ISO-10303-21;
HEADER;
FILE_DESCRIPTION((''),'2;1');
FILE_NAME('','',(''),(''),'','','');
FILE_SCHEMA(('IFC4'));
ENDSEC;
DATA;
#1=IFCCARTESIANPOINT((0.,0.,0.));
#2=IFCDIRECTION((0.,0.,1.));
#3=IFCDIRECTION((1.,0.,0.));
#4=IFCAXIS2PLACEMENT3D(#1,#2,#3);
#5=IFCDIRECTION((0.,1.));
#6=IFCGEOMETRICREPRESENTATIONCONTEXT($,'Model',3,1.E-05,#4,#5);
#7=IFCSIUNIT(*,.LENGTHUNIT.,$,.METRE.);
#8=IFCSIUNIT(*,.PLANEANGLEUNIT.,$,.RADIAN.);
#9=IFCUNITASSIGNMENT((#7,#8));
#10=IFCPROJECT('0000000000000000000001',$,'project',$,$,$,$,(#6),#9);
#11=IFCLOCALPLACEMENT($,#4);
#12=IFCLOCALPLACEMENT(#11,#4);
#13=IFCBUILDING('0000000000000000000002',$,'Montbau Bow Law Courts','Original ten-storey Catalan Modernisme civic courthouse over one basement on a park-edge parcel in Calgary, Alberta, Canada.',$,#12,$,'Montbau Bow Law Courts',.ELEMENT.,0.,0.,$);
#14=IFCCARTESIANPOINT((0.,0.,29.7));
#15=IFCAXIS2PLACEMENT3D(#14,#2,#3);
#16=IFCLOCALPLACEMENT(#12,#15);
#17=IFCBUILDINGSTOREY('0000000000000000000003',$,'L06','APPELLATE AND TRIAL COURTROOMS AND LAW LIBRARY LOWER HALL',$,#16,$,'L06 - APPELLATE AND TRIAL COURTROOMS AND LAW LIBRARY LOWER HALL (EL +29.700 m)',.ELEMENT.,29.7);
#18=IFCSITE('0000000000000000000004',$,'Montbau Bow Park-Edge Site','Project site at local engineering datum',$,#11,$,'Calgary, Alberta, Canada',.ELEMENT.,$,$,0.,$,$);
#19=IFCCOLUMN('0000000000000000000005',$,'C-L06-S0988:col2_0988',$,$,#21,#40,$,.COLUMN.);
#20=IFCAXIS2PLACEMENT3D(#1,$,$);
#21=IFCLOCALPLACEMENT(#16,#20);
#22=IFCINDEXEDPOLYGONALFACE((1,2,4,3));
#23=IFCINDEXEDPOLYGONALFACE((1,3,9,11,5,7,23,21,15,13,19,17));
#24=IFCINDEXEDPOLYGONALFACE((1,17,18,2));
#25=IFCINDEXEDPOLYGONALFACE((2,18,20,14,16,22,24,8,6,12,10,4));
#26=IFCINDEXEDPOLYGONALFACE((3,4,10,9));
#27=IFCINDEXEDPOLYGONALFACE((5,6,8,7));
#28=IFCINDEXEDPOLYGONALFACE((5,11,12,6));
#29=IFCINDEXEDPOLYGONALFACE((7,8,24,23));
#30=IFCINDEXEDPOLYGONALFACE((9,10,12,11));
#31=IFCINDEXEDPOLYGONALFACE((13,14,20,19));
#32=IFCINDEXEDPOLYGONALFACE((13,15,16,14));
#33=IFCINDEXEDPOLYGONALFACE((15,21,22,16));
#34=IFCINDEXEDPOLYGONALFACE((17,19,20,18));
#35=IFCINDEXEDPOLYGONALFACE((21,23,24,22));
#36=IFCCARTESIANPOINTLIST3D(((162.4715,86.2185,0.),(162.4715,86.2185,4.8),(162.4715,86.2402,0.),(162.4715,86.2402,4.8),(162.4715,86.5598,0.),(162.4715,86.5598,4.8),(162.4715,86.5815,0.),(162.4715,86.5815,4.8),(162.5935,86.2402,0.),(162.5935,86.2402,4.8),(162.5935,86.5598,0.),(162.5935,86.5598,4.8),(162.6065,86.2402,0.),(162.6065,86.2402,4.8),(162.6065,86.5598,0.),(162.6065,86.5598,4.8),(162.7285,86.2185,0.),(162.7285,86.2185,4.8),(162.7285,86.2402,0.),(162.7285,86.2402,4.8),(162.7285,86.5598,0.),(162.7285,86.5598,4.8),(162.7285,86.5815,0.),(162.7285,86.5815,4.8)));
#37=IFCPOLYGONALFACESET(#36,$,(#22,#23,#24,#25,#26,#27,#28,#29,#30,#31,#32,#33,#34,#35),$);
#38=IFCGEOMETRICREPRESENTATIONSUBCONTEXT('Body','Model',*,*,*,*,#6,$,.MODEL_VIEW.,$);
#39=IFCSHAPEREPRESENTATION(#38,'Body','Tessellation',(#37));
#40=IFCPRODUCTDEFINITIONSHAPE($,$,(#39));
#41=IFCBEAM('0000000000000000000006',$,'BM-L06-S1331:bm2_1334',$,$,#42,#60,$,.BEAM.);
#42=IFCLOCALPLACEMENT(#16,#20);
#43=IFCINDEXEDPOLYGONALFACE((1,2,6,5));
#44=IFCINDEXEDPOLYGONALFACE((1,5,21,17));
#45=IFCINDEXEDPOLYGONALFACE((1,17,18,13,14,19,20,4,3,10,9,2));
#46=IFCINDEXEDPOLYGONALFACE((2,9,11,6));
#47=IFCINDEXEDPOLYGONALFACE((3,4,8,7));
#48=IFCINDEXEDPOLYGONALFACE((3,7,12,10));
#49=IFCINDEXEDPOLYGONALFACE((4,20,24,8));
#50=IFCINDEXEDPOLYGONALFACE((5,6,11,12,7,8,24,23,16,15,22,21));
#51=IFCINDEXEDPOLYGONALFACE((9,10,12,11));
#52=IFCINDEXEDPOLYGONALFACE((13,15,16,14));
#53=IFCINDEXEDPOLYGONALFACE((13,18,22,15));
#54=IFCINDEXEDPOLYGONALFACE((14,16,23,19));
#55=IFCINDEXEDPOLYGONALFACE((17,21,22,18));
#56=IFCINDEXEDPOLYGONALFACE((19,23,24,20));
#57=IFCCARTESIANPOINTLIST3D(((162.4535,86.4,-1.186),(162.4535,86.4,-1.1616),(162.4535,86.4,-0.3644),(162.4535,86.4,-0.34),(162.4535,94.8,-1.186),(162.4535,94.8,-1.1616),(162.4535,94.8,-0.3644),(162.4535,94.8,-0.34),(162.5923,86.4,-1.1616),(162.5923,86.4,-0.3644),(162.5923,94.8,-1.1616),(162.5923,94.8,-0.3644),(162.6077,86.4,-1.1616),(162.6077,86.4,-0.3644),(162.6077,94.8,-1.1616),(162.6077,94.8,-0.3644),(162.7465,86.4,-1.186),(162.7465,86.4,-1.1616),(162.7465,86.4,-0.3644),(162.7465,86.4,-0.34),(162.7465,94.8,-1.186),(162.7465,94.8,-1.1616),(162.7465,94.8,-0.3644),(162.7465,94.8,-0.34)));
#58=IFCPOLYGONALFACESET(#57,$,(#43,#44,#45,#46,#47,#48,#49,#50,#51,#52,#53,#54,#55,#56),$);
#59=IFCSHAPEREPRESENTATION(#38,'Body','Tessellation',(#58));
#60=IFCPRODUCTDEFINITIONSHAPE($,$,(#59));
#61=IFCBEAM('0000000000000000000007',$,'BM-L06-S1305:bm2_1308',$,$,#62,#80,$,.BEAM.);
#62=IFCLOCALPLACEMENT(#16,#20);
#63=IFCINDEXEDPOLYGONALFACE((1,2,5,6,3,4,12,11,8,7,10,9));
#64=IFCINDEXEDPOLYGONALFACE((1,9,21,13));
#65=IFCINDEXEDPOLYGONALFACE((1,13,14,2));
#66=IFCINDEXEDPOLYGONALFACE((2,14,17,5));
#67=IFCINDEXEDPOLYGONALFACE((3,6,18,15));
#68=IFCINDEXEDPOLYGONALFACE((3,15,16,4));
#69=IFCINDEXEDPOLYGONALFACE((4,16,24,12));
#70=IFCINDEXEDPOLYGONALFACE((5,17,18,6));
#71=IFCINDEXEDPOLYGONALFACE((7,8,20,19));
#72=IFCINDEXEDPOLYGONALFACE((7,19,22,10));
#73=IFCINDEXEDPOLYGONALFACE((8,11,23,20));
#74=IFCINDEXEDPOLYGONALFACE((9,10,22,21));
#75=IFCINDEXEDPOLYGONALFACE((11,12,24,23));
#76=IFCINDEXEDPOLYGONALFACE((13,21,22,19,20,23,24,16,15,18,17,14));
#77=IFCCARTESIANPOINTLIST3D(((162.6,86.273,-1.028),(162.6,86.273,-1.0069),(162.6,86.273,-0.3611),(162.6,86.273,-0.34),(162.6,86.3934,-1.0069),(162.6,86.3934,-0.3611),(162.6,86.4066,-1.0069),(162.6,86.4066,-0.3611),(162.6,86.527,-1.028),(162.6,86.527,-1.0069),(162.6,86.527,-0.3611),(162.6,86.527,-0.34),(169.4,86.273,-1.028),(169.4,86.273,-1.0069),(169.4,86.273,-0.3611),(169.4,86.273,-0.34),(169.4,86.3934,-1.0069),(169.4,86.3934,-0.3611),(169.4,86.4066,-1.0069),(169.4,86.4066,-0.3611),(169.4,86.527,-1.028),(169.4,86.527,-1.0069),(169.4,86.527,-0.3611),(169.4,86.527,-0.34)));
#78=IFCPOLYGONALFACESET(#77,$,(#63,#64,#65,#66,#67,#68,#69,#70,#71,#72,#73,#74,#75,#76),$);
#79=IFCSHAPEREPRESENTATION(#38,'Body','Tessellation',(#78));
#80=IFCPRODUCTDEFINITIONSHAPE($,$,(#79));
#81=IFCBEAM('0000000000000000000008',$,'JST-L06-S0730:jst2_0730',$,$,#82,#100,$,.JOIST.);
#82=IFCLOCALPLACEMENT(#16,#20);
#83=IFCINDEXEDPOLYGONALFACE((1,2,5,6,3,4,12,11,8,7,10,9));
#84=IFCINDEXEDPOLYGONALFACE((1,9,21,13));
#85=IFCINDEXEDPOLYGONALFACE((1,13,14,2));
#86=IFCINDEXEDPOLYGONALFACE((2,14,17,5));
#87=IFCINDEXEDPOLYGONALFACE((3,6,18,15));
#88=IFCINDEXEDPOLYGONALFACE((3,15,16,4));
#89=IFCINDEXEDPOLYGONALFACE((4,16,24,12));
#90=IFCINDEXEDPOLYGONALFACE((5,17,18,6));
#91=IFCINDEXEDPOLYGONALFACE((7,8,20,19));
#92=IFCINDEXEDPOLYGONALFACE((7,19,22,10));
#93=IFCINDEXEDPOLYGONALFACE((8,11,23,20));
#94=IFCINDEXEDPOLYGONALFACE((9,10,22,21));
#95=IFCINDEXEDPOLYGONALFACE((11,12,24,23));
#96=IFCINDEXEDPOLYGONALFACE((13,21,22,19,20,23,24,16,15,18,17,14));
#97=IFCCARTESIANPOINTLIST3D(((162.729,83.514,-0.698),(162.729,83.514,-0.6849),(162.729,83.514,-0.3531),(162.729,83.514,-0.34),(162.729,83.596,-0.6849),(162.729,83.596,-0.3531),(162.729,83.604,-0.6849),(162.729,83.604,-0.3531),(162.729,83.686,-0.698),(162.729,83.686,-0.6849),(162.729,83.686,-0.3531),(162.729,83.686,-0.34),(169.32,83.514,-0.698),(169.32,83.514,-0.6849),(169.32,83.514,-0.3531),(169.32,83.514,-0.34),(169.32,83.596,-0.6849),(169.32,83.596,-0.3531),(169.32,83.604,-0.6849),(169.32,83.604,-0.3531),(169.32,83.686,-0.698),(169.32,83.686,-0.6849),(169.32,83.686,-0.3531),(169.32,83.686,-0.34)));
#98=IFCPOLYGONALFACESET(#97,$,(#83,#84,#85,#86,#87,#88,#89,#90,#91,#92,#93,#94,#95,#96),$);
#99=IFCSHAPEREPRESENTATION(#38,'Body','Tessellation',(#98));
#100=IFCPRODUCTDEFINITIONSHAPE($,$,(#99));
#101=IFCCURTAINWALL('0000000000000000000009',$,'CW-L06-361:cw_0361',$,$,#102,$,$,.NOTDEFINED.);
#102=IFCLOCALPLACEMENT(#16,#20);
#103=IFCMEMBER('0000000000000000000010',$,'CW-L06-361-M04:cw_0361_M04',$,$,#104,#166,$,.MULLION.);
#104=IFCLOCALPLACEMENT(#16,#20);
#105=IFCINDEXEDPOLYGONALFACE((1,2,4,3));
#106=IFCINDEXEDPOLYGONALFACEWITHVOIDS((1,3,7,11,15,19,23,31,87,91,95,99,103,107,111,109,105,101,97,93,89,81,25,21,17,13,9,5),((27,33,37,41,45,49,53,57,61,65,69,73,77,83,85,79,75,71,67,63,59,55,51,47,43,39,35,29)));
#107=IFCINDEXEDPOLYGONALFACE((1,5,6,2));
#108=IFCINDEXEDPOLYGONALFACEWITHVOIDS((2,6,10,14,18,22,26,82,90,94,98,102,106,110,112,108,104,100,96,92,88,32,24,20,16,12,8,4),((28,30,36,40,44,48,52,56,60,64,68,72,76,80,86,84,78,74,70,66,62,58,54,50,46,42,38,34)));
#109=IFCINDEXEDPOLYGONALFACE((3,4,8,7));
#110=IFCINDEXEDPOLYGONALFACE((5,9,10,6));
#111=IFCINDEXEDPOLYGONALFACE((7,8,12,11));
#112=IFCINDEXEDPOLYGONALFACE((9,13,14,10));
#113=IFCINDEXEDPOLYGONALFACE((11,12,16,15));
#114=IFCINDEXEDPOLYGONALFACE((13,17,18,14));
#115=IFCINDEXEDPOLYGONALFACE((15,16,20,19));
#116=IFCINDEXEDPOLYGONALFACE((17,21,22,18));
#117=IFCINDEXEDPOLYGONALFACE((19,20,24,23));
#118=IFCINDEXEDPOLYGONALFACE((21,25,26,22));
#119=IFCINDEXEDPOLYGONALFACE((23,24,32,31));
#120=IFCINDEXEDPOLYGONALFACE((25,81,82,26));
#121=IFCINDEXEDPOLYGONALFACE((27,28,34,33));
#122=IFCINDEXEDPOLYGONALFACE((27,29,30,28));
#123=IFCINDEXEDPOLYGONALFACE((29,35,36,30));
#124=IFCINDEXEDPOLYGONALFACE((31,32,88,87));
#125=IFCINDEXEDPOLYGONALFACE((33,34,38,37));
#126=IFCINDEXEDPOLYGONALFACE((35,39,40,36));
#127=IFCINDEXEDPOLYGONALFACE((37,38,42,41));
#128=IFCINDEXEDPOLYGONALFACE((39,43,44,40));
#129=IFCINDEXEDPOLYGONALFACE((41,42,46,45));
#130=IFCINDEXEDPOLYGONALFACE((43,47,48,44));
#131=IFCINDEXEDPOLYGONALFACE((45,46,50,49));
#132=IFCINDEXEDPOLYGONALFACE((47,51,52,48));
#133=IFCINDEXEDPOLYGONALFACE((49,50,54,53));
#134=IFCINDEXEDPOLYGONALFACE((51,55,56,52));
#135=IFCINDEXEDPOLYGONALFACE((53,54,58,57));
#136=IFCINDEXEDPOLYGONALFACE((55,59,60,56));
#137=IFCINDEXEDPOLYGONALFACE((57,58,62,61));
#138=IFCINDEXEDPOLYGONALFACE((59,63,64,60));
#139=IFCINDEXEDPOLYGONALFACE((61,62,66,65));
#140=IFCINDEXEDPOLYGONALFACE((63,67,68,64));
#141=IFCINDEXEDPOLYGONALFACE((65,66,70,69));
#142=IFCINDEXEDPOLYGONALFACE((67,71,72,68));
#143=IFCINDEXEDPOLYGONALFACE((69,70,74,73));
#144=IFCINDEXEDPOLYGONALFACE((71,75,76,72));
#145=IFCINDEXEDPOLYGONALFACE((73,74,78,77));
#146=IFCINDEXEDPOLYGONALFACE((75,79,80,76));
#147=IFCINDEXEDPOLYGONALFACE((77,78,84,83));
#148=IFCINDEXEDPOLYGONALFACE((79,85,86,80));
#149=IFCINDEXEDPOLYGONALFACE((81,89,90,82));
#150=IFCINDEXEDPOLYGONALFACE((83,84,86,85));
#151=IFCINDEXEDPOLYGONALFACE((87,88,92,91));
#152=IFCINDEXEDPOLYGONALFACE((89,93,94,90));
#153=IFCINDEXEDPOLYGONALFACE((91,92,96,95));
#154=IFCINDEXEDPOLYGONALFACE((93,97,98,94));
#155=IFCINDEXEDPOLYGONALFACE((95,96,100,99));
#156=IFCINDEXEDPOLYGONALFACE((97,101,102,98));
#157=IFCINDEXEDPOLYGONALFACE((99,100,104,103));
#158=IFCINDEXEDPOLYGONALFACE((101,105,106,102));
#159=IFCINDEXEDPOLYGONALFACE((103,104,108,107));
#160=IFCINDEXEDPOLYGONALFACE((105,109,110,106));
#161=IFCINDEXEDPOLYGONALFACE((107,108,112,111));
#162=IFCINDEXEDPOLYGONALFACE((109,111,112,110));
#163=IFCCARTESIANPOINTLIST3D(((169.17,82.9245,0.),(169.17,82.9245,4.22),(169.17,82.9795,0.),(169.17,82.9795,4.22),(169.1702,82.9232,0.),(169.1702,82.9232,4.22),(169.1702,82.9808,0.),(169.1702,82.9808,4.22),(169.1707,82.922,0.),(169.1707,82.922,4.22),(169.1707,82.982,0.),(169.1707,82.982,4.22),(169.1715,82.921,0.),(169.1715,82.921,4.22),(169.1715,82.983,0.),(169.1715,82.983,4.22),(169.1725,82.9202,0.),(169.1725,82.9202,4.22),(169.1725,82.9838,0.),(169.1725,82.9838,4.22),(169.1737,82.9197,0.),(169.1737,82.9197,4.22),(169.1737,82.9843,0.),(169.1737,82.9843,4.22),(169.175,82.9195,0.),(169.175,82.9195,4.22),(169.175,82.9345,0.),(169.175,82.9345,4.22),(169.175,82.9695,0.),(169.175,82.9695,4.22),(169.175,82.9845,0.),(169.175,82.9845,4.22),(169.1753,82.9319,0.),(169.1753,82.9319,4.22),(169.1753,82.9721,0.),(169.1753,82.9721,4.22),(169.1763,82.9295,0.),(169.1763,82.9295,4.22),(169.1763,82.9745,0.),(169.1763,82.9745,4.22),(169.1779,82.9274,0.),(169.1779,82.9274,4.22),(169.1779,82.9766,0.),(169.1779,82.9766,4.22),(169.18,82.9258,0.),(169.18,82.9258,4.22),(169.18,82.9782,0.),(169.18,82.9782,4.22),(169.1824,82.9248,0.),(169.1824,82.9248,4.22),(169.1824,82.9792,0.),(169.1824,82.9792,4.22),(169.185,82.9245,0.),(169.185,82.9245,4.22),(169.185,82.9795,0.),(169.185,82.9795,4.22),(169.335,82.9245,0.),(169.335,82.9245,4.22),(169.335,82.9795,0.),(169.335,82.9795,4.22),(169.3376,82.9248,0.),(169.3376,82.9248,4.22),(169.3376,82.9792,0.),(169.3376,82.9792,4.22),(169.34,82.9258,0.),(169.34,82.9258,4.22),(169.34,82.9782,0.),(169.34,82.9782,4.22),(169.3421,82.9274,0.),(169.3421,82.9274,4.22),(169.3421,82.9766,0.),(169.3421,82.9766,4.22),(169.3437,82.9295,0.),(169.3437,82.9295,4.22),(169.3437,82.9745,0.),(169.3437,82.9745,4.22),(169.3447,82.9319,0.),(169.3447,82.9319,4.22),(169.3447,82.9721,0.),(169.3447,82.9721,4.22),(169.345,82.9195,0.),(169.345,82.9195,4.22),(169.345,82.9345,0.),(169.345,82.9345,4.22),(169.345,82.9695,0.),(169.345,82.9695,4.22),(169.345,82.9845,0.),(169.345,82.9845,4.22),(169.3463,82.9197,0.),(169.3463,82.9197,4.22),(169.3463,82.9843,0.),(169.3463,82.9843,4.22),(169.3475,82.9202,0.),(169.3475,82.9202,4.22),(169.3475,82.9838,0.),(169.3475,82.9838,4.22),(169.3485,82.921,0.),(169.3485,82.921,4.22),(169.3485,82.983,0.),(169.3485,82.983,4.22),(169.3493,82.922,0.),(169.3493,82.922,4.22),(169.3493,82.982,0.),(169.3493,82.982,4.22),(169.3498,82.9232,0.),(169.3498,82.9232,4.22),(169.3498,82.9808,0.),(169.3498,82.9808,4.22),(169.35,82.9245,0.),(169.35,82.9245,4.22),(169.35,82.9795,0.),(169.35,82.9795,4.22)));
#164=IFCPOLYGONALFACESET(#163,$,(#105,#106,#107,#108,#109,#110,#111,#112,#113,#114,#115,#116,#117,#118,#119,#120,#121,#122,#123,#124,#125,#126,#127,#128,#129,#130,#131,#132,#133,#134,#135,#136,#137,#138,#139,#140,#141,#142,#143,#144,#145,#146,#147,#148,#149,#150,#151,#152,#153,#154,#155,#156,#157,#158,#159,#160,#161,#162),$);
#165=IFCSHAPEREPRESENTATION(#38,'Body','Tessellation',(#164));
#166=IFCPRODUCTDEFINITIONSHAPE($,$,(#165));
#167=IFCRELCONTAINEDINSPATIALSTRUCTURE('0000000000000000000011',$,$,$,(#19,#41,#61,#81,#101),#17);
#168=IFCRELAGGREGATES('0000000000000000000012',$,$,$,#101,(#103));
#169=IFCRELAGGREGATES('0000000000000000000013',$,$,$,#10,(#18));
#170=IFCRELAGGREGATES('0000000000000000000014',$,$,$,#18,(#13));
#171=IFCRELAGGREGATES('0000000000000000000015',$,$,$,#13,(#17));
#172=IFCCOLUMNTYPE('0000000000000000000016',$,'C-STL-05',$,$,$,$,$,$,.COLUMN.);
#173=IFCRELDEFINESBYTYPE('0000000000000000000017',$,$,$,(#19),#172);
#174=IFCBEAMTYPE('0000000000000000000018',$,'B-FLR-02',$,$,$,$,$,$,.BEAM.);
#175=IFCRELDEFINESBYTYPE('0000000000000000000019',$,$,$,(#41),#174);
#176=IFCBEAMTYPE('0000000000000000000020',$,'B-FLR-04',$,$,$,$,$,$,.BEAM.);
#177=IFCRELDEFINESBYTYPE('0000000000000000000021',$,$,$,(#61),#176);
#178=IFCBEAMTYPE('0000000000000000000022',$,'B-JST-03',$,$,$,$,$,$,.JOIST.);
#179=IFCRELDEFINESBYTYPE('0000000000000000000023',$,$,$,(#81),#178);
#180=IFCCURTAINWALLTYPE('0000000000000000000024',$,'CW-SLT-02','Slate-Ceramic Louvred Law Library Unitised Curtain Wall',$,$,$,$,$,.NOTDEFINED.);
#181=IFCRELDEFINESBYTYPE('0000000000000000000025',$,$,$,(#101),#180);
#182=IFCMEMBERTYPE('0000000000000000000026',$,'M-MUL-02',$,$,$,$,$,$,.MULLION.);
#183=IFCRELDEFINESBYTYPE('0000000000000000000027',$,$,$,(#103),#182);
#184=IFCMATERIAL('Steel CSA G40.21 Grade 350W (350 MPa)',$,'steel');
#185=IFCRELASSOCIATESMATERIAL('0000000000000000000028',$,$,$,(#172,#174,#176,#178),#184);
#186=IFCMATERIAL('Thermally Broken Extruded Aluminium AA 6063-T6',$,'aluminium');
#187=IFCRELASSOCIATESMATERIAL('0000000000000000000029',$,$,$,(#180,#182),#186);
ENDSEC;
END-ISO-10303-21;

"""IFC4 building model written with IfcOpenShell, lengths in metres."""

from ifc_helpers import new_model, si_unit, direction, frame, origin_with_axes, origin_2d_with_axis, place, context, subcontext, project, spatial, hollow_rectangle, i_section, extrude, material, material_profile, profile_set, type_object, element, aggregate, save


model = new_model("IFC4")

# Units and contexts
model_context = context("Model", 3, precision=1e-05, world=origin_with_axes(), true_north=direction((0.0, 1.0)))
body_context = subcontext(model_context, "Body", "Model", "MODEL_VIEW")
ifc_project = project(units=[si_unit("LENGTHUNIT", "METRE"), si_unit("PLANEANGLEUNIT", "RADIAN")], contexts=[model_context])

# Site, building, storey
site_placement = place(None, origin_with_axes())
site = spatial("IfcSite", under=ifc_project, at=site_placement, Name="Montbau Bow Park-Edge Site", Description="Project site at local engineering datum", LongName="Calgary, Alberta, Canada", CompositionType="ELEMENT", RefElevation=0.0)
building_placement = place(site_placement, origin_with_axes())
building = spatial("IfcBuilding", under=site, at=building_placement, Name="Montbau Bow Law Courts", Description="Original ten-storey Catalan Modernisme civic courthouse over one basement on a park-edge parcel in Calgary, Alberta, Canada.", LongName="Montbau Bow Law Courts", CompositionType="ELEMENT", ElevationOfRefHeight=0.0, ElevationOfTerrain=0.0)
storey_placement = place(building_placement, frame((0.0, 0.0, 29.7), z_axis=(0.0, 0.0, 1.0), x_axis=(1.0, 0.0, 0.0)))
storey = spatial("IfcBuildingStorey", under=building, at=storey_placement, Name="L06", Description="APPELLATE AND TRIAL COURTROOMS AND LAW LIBRARY LOWER HALL", LongName="L06 - APPELLATE AND TRIAL COURTROOMS AND LAW LIBRARY LOWER HALL (EL +29.700 m)", CompositionType="ELEMENT", Elevation=29.7)

# Column
ifc_material_1 = material(Name="Steel CSA G40.21 Grade 350W (350 MPa)", Category="steel")
ifc_material_profile_1 = material_profile(ifc_material_1, i_section(OverallWidth=0.257, OverallDepth=0.363, WebThickness=0.013, FlangeThickness=0.0217, at=origin_2d_with_axis()), Name="W360X122", Category="Main", Priority=0)
ifc_profile_set_1 = profile_set([ifc_material_profile_1], Name="Steel CSA G40.21 Grade 350W (350 MPa)")
column_type = type_object("IfcColumnType", Name="C-STL-05", PredefinedType="COLUMN", material=ifc_profile_set_1)
column_placement = place(None, frame((162.6, 86.4, 29.7), z_axis=(0.0, 0.0, 1.0), x_axis=(1.0, 0.0, 0.0)))
element("IfcColumn", 1, at=column_placement, inside=storey, type_object=column_type, Name="C-L06-S0988:col2_0988", PredefinedType="COLUMN", context=body_context, shape_type="SweptSolid", body=[
    extrude(i_section(OverallWidth=0.257, OverallDepth=0.363, WebThickness=0.013, FlangeThickness=0.0217, at=origin_2d_with_axis()), origin_with_axes(), (0.0, 0.0, 1.0), 4.8),
])

# Beams
ifc_material_profile_2 = material_profile(ifc_material_1, i_section(OverallWidth=0.293, OverallDepth=0.846, WebThickness=0.0154, FlangeThickness=0.0244, at=origin_2d_with_axis()), Name="W840X210", Category="Main", Priority=0)
ifc_profile_set_2 = profile_set([ifc_material_profile_2], Name="Steel CSA G40.21 Grade 350W (350 MPa)")
beam_type_1 = type_object("IfcBeamType", Name="B-FLR-02", PredefinedType="BEAM", material=ifc_profile_set_2)
beam_1_placement = place(None, frame((162.6, 86.4, 28.937), z_axis=(0.0, 1.0, 0.0), x_axis=(-1.0, 0.0, 0.0)))
element("IfcBeam", 2, at=beam_1_placement, inside=storey, type_object=beam_type_1, Name="BM-L06-S1331:bm2_1334", PredefinedType="BEAM", context=body_context, shape_type="SweptSolid", body=[
    extrude(i_section(OverallWidth=0.293, OverallDepth=0.846, WebThickness=0.0154, FlangeThickness=0.0244, at=origin_2d_with_axis()), origin_with_axes(), (0.0, 0.0, 1.0), 8.4),
])
ifc_material_profile_3 = material_profile(ifc_material_1, i_section(OverallWidth=0.254, OverallDepth=0.688, WebThickness=0.0131, FlangeThickness=0.0211, at=origin_2d_with_axis()), Name="W690X152", Category="Main", Priority=0)
ifc_profile_set_3 = profile_set([ifc_material_profile_3], Name="Steel CSA G40.21 Grade 350W (350 MPa)")
beam_type_2 = type_object("IfcBeamType", Name="B-FLR-04", PredefinedType="BEAM", material=ifc_profile_set_3)
beam_2_placement = place(None, frame((162.6, 86.4, 29.016), z_axis=(1.0, 0.0, 0.0), x_axis=(0.0, 1.0, 0.0)))
element("IfcBeam", 3, at=beam_2_placement, inside=storey, type_object=beam_type_2, Name="BM-L06-S1305:bm2_1308", PredefinedType="BEAM", context=body_context, shape_type="SweptSolid", body=[
    extrude(i_section(OverallWidth=0.254, OverallDepth=0.688, WebThickness=0.0131, FlangeThickness=0.0211, at=origin_2d_with_axis()), origin_with_axes(), (0.0, 0.0, 1.0), 6.8),
])
ifc_material_profile_4 = material_profile(ifc_material_1, i_section(OverallWidth=0.172, OverallDepth=0.358, WebThickness=0.0079, FlangeThickness=0.0131, at=origin_2d_with_axis()), Name="W360X57", Category="Main", Priority=0)
ifc_profile_set_4 = profile_set([ifc_material_profile_4], Name="Steel CSA G40.21 Grade 350W (350 MPa)")
beam_type_3 = type_object("IfcBeamType", Name="B-JST-03", PredefinedType="JOIST", material=ifc_profile_set_4)
beam_3_placement = place(None, frame((162.729, 83.6, 29.181), z_axis=(1.0, 0.0, 0.0), x_axis=(0.0, 1.0, 0.0)))
element("IfcBeam", 4, at=beam_3_placement, inside=storey, type_object=beam_type_3, Name="JST-L06-S0730:jst2_0730", PredefinedType="JOIST", context=body_context, shape_type="SweptSolid", body=[
    extrude(i_section(OverallWidth=0.172, OverallDepth=0.358, WebThickness=0.0079, FlangeThickness=0.0131, at=origin_2d_with_axis()), origin_with_axes(), (0.0, 0.0, 1.0), 6.591),
])

# Curtain wall, member
ifc_material_2 = material(Name="Thermally Broken Extruded Aluminium AA 6063-T6", Category="aluminium")
curtain_wall_type = type_object("IfcCurtainWallType", Name="CW-SLT-02", Description="Slate-Ceramic Louvred Law Library Unitised Curtain Wall", PredefinedType="NOTDEFINED", material=ifc_material_2)
curtain_wall_1_placement = place(None, frame((169.26, 78.44, 29.7), z_axis=(0.0, 0.0, 1.0), x_axis=(1.0, 0.0, 0.0)))
curtain_wall_1 = element("IfcCurtainWall", 5, at=curtain_wall_1_placement, inside=storey, type_object=curtain_wall_type, Name="CW-L06-361:cw_0361", PredefinedType="NOTDEFINED")
ifc_material_profile_5 = material_profile(ifc_material_2, hollow_rectangle(XDim=0.065, YDim=0.18, WallThickness=0.005, InnerFilletRadius=0.01, OuterFilletRadius=0.005, at=origin_2d_with_axis()), Name="CWM-180X65", Category="Main", Priority=0)
ifc_profile_set_5 = profile_set([ifc_material_profile_5], Name="Thermally Broken Extruded Aluminium AA 6063-T6")
member_type_1 = type_object("IfcMemberType", Name="M-MUL-02", PredefinedType="MULLION", material=ifc_profile_set_5)
member_1_placement = place(None, frame((169.26, 82.952, 29.7), z_axis=(0.0, 0.0, 1.0), x_axis=(0.0, 1.0, 0.0)))
member_1 = element("IfcMember", 6, at=member_1_placement, type_object=member_type_1, Name="CW-L06-361-M04:cw_0361_M04", PredefinedType="MULLION", context=body_context, shape_type="SweptSolid", body=[
    extrude(hollow_rectangle(XDim=0.065, YDim=0.18, WallThickness=0.005, InnerFilletRadius=0.01, OuterFilletRadius=0.005, at=origin_2d_with_axis()), origin_with_axes(), (0.0, 0.0, 1.0), 4.22),
])

aggregate(curtain_wall_1, [member_1])

save(model, "model.ifc")
